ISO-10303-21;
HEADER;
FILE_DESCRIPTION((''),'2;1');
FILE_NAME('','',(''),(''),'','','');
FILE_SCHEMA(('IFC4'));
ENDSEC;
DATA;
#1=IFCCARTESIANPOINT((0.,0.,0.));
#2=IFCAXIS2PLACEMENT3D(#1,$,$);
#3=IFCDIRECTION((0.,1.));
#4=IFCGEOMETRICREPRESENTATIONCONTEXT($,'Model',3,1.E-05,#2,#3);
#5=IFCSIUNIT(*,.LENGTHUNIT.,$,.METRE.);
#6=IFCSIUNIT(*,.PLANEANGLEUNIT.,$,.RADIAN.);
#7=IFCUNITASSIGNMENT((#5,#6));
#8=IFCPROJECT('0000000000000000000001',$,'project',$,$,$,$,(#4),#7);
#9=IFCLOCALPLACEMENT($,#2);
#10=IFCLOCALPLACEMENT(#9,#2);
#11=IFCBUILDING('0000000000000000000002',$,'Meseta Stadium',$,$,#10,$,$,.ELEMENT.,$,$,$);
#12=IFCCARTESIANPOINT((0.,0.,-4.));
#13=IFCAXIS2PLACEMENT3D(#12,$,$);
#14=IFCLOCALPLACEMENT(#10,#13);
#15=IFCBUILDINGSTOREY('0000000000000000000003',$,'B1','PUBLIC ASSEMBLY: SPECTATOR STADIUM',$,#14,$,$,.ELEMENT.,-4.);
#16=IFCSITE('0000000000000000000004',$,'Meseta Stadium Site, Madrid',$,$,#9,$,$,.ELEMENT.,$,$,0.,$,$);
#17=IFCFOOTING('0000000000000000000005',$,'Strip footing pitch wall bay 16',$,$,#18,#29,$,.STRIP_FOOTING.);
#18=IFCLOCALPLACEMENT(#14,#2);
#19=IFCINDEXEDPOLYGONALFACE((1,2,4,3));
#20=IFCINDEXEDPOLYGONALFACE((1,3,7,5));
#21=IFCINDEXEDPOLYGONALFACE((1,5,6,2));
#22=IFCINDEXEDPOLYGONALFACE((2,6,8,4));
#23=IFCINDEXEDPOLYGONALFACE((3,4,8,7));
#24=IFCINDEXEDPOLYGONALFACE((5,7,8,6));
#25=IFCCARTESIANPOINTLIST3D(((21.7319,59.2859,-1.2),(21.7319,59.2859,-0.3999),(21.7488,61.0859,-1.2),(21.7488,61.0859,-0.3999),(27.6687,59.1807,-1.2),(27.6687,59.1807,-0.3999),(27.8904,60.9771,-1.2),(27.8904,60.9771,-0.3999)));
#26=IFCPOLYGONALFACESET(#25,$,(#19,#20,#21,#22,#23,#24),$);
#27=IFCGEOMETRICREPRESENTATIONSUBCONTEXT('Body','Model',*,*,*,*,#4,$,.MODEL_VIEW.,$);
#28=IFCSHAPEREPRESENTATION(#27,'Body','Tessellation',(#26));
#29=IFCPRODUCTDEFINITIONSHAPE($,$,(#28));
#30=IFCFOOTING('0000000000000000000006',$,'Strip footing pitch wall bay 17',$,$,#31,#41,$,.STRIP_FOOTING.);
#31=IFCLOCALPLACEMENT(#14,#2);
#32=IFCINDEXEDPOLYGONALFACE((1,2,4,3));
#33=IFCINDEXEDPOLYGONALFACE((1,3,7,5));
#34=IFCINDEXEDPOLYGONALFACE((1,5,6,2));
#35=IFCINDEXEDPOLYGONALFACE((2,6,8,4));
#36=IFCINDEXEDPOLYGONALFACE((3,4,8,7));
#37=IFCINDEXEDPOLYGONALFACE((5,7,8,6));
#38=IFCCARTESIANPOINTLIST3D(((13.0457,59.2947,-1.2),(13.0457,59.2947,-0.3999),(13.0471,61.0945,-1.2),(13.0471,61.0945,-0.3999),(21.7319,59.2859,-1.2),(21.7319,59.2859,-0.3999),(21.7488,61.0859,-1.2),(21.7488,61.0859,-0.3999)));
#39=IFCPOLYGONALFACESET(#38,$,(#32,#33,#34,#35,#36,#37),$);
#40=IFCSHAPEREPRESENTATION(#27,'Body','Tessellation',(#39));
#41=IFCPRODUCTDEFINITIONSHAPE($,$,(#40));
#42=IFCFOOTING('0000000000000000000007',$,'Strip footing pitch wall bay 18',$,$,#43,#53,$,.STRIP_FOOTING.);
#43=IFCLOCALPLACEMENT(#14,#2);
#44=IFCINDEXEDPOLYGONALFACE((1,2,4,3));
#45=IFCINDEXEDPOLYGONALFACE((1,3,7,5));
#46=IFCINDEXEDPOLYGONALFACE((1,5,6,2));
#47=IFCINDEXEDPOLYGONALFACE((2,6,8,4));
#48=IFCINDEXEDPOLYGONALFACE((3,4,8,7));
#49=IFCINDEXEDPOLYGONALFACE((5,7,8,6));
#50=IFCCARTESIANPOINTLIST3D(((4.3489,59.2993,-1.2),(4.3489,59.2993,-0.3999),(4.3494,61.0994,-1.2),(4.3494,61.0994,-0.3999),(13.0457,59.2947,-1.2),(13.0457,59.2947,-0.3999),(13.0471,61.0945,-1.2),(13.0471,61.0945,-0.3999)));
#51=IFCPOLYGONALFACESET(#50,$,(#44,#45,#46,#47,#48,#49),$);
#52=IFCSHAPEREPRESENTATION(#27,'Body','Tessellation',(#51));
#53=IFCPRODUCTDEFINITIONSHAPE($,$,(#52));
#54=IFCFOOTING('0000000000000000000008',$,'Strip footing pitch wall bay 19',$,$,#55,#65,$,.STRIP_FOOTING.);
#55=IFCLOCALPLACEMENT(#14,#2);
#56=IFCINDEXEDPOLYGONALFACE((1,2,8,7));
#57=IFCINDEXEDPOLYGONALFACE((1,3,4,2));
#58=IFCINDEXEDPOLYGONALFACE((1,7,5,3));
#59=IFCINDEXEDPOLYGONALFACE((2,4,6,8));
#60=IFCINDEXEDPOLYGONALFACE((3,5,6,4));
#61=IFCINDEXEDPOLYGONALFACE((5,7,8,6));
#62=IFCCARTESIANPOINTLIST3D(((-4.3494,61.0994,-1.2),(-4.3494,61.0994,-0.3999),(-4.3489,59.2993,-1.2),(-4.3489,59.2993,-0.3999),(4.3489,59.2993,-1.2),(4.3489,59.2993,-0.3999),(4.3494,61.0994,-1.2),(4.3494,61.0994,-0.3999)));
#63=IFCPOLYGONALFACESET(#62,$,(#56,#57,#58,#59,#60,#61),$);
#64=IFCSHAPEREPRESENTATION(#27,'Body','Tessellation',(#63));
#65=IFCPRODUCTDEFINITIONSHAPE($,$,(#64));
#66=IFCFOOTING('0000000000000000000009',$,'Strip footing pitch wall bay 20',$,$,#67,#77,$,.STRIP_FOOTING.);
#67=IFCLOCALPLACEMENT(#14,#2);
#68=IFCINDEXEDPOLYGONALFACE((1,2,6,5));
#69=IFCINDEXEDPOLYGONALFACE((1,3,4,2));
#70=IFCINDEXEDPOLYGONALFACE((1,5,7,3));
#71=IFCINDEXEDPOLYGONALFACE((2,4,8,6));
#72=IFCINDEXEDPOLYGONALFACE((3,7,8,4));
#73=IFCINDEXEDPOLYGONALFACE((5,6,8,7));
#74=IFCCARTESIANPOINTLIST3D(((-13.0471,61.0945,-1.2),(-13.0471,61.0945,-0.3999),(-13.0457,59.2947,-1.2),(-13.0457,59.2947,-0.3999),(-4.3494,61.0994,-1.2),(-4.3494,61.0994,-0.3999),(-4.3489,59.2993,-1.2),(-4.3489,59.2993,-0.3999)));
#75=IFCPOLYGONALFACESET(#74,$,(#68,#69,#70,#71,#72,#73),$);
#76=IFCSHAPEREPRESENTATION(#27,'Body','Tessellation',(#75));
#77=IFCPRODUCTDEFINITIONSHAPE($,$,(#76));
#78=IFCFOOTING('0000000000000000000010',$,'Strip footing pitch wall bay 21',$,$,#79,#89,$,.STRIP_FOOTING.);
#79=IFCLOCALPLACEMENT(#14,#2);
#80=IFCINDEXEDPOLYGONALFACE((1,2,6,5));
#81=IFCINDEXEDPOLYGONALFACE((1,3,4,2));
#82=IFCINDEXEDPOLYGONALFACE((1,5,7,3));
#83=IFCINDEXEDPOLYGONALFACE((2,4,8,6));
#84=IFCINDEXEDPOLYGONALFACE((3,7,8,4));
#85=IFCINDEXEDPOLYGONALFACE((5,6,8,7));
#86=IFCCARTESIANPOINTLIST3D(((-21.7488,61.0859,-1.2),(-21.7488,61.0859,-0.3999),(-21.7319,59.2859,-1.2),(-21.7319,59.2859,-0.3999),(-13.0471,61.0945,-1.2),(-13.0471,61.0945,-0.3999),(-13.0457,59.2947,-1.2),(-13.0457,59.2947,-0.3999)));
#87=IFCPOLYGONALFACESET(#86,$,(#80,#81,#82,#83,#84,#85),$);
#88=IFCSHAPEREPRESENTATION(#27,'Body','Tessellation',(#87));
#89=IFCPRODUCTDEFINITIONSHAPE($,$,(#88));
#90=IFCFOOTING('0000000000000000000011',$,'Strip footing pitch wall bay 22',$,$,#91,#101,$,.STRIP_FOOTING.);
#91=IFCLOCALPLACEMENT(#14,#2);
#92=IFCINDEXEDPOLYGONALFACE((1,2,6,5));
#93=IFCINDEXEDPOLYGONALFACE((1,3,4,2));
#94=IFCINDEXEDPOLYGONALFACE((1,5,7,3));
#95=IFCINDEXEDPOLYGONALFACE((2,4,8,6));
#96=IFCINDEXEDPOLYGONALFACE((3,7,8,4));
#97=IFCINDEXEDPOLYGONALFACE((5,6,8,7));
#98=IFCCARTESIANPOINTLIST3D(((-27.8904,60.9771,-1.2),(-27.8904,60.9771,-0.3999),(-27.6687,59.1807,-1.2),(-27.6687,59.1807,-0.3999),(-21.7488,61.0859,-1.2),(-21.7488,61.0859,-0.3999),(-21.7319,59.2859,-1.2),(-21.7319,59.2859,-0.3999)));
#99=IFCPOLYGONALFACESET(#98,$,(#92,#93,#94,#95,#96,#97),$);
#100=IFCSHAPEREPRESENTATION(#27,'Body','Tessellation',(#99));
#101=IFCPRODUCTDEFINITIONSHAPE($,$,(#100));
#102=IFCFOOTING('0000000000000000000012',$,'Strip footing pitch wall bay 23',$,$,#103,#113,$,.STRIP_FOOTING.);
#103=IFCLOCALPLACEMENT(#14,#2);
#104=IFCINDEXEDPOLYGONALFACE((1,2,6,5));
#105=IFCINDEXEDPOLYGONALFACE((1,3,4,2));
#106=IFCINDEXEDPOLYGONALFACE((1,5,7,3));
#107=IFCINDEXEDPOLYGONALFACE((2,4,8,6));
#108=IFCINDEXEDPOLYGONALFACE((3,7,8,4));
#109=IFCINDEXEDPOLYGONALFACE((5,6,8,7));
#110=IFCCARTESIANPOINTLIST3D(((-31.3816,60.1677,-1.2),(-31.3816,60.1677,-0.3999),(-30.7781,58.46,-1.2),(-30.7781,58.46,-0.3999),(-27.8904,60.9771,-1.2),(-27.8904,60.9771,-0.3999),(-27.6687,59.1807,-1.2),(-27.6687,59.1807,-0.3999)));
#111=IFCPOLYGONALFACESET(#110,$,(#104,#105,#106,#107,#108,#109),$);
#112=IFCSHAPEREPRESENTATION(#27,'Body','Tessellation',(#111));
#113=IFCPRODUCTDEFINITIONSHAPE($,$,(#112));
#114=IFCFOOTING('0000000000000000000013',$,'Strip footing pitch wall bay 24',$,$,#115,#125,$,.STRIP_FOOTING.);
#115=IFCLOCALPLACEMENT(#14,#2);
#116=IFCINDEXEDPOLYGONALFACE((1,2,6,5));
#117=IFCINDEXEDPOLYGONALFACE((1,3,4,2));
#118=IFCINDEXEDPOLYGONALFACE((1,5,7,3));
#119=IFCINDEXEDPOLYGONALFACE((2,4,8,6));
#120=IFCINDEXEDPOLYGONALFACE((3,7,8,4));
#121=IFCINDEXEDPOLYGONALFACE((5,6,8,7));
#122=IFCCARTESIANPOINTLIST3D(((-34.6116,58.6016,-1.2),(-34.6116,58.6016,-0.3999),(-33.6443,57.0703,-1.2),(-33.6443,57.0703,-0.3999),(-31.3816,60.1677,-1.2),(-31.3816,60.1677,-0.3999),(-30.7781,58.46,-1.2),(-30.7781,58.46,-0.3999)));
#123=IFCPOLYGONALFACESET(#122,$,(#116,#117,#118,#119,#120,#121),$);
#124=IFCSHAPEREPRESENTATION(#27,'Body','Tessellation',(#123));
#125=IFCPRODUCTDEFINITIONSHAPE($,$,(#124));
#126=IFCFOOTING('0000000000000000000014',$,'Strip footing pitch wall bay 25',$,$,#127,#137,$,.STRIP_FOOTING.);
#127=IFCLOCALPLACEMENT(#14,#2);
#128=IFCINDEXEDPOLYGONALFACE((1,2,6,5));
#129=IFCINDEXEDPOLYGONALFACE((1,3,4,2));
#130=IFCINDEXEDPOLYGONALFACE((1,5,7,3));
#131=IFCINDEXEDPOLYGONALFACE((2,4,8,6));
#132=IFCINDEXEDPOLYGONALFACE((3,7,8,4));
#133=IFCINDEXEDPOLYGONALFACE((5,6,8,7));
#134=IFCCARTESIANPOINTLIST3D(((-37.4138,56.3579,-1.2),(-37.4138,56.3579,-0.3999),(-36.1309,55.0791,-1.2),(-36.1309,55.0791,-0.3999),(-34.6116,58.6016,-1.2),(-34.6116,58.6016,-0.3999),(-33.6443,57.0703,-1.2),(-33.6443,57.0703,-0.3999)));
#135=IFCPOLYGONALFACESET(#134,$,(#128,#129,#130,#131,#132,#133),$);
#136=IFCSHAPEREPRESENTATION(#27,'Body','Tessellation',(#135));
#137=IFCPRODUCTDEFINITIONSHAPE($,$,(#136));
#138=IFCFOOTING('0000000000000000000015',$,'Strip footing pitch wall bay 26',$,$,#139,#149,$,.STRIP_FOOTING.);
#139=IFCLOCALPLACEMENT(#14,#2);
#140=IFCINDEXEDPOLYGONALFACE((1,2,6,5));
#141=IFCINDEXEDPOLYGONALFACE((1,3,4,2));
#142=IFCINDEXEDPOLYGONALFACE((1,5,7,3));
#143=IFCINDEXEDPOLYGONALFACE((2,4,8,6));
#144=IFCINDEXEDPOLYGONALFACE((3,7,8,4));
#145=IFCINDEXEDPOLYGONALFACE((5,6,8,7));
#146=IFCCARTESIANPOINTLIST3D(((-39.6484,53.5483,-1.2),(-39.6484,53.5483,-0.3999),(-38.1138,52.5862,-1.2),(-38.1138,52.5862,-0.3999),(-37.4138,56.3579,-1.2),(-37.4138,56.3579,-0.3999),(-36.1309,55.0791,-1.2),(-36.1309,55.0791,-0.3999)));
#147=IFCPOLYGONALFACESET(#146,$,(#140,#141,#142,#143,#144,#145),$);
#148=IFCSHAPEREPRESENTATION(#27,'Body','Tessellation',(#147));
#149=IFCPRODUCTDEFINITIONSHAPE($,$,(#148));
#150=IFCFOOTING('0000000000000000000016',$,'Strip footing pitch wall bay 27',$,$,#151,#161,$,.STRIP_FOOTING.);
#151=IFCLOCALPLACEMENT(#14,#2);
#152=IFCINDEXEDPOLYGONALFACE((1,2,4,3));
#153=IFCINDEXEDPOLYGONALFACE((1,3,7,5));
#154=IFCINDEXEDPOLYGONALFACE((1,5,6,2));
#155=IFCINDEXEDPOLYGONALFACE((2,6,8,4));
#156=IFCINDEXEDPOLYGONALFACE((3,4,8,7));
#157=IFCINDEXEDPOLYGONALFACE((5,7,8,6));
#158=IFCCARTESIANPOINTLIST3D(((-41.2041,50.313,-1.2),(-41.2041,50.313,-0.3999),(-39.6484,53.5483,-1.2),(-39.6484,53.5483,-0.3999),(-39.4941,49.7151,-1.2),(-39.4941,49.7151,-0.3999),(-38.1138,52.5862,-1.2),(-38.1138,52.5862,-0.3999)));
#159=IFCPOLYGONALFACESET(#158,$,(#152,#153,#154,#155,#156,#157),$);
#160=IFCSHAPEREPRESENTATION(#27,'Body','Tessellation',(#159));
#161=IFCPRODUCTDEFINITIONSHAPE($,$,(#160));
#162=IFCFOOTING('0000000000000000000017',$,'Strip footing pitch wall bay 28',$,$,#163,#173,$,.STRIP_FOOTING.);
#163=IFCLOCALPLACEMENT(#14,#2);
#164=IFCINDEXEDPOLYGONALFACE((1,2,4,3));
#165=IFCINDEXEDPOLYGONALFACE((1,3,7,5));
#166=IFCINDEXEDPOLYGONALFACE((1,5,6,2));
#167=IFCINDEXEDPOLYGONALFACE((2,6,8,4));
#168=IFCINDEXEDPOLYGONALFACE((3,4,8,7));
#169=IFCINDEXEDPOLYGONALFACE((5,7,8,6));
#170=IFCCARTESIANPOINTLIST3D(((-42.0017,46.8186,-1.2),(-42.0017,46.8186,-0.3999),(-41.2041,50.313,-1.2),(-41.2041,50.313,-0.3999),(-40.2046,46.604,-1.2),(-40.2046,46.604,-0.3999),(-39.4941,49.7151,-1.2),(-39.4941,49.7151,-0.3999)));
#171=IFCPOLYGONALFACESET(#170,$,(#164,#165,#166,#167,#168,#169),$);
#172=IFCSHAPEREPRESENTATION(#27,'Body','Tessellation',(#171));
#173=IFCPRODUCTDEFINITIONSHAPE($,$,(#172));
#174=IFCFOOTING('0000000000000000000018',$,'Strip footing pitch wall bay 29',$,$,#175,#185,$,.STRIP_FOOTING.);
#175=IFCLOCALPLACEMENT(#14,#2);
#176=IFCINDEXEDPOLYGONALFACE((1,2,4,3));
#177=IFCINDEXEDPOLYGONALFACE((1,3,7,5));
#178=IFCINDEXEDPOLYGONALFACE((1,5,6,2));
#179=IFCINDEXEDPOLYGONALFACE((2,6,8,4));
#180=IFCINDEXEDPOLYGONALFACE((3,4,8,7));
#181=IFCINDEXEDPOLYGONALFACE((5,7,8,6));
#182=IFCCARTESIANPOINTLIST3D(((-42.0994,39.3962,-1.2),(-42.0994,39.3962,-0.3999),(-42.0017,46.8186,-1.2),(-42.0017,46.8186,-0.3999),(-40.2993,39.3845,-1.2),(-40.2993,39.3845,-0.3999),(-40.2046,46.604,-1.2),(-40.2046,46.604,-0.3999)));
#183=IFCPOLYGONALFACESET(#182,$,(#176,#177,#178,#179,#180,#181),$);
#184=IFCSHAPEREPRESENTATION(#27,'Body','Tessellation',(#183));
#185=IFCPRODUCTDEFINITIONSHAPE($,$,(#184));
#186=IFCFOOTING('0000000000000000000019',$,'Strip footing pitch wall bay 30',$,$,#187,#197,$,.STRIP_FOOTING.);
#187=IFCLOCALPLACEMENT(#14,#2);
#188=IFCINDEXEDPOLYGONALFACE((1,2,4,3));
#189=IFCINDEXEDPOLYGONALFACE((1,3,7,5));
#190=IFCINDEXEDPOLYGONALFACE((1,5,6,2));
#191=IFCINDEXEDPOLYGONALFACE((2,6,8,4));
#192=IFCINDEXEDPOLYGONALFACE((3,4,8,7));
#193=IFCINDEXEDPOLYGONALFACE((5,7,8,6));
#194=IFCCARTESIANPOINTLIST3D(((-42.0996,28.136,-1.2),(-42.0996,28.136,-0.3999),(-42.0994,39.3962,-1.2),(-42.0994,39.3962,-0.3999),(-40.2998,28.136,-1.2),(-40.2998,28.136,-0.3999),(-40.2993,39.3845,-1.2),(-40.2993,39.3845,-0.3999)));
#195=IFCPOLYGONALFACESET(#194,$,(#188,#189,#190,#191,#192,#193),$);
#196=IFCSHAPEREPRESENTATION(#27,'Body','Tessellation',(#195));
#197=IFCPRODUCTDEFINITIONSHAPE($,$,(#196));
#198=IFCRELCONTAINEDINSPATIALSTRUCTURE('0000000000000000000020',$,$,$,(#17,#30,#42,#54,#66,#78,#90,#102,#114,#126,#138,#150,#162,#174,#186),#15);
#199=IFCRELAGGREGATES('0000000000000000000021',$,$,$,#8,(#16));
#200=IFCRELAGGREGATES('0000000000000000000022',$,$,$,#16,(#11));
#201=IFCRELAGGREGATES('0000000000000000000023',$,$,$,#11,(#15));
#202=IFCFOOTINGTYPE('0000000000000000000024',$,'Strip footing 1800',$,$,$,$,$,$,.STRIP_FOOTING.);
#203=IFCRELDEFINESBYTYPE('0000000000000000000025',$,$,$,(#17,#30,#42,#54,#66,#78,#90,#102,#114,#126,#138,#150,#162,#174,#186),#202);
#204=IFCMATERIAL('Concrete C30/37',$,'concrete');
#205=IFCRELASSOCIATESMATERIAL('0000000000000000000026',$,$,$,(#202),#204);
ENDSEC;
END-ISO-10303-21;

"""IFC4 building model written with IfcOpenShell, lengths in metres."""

from ifc_helpers import new_model, si_unit, direction, frame, origin, place, context, subcontext, project, spatial, polyline, outline, extrude, material, type_object, element, save


model = new_model("IFC4")

# Units and contexts
model_context = context("Model", 3, precision=1e-05, world=origin(), true_north=direction((0.0, 1.0)))
body_context = subcontext(model_context, "Body", "Model", "MODEL_VIEW")
ifc_project = project(units=[si_unit("LENGTHUNIT", "METRE"), si_unit("PLANEANGLEUNIT", "RADIAN")], contexts=[model_context])

# Site, building, storey
site_placement = place(None, origin())
site = spatial("IfcSite", under=ifc_project, at=site_placement, Name="Meseta Stadium Site, Madrid", CompositionType="ELEMENT", RefElevation=0.0)
building_placement = place(site_placement, origin())
building = spatial("IfcBuilding", under=site, at=building_placement, Name="Meseta Stadium", CompositionType="ELEMENT")
storey_placement = place(building_placement, frame((0.0, 0.0, -4.0)))
storey = spatial("IfcBuildingStorey", under=building, at=storey_placement, Name="B1", Description="PUBLIC ASSEMBLY: SPECTATOR STADIUM", CompositionType="ELEMENT", Elevation=-4.0)

# Footings
ifc_material = material(Name="Concrete C30/37", Category="concrete")
footing_type = type_object("IfcFootingType", Name="Strip footing 1800", PredefinedType="STRIP_FOOTING", material=ifc_material)
footing_1_placement = place(storey_placement, frame((0.0, 0.0, -1.2)))
element("IfcFooting", 1, at=footing_1_placement, inside=storey, type_object=footing_type, Name="Strip footing pitch wall bay 16", PredefinedType="STRIP_FOOTING", context=body_context, shape_type="SweptSolid", body=[
    extrude(outline(polyline([(27.8904, 60.9771), (21.7488, 61.0859), (21.7319, 59.2859), (27.6687, 59.1807), (27.8904, 60.9771)])), origin(), (0.0, 0.0, 1.0), 0.8),
])
footing_2_placement = place(storey_placement, frame((0.0, 0.0, -1.2)))
element("IfcFooting", 2, at=footing_2_placement, inside=storey, type_object=footing_type, Name="Strip footing pitch wall bay 17", PredefinedType="STRIP_FOOTING", context=body_context, shape_type="SweptSolid", body=[
    extrude(outline(polyline([(21.7488, 61.0859), (13.0471, 61.0945), (13.0457, 59.2947), (21.7319, 59.2859), (21.7488, 61.0859)])), origin(), (0.0, 0.0, 1.0), 0.8),
])
footing_3_placement = place(storey_placement, frame((0.0, 0.0, -1.2)))
element("IfcFooting", 3, at=footing_3_placement, inside=storey, type_object=footing_type, Name="Strip footing pitch wall bay 18", PredefinedType="STRIP_FOOTING", context=body_context, shape_type="SweptSolid", body=[
    extrude(outline(polyline([(13.0471, 61.0945), (4.3494, 61.0994), (4.3489, 59.2993), (13.0457, 59.2947), (13.0471, 61.0945)])), origin(), (0.0, 0.0, 1.0), 0.8),
])
footing_4_placement = place(storey_placement, frame((0.0, 0.0, -1.2)))
element("IfcFooting", 4, at=footing_4_placement, inside=storey, type_object=footing_type, Name="Strip footing pitch wall bay 19", PredefinedType="STRIP_FOOTING", context=body_context, shape_type="SweptSolid", body=[
    extrude(outline(polyline([(4.3494, 61.0994), (-4.3494, 61.0994), (-4.3489, 59.2993), (4.3489, 59.2993), (4.3494, 61.0994)])), origin(), (0.0, 0.0, 1.0), 0.8),
])
footing_5_placement = place(storey_placement, frame((0.0, 0.0, -1.2)))
element("IfcFooting", 5, at=footing_5_placement, inside=storey, type_object=footing_type, Name="Strip footing pitch wall bay 20", PredefinedType="STRIP_FOOTING", context=body_context, shape_type="SweptSolid", body=[
    extrude(outline(polyline([(-4.3494, 61.0994), (-13.0471, 61.0945), (-13.0457, 59.2947), (-4.3489, 59.2993), (-4.3494, 61.0994)])), origin(), (0.0, 0.0, 1.0), 0.8),
])
footing_6_placement = place(storey_placement, frame((0.0, 0.0, -1.2)))
element("IfcFooting", 6, at=footing_6_placement, inside=storey, type_object=footing_type, Name="Strip footing pitch wall bay 21", PredefinedType="STRIP_FOOTING", context=body_context, shape_type="SweptSolid", body=[
    extrude(outline(polyline([(-13.0471, 61.0945), (-21.7488, 61.0859), (-21.7319, 59.2859), (-13.0457, 59.2947), (-13.0471, 61.0945)])), origin(), (0.0, 0.0, 1.0), 0.8),
])
footing_7_placement = place(storey_placement, frame((0.0, 0.0, -1.2)))
element("IfcFooting", 7, at=footing_7_placement, inside=storey, type_object=footing_type, Name="Strip footing pitch wall bay 22", PredefinedType="STRIP_FOOTING", context=body_context, shape_type="SweptSolid", body=[
    extrude(outline(polyline([(-21.7488, 61.0859), (-27.8904, 60.9771), (-27.6687, 59.1807), (-21.7319, 59.2859), (-21.7488, 61.0859)])), origin(), (0.0, 0.0, 1.0), 0.8),
])
footing_8_placement = place(storey_placement, frame((0.0, 0.0, -1.2)))
element("IfcFooting", 8, at=footing_8_placement, inside=storey, type_object=footing_type, Name="Strip footing pitch wall bay 23", PredefinedType="STRIP_FOOTING", context=body_context, shape_type="SweptSolid", body=[
    extrude(outline(polyline([(-27.8904, 60.9771), (-31.3816, 60.1677), (-30.7781, 58.46), (-27.6687, 59.1807), (-27.8904, 60.9771)])), origin(), (0.0, 0.0, 1.0), 0.8),
])
footing_9_placement = place(storey_placement, frame((0.0, 0.0, -1.2)))
element("IfcFooting", 9, at=footing_9_placement, inside=storey, type_object=footing_type, Name="Strip footing pitch wall bay 24", PredefinedType="STRIP_FOOTING", context=body_context, shape_type="SweptSolid", body=[
    extrude(outline(polyline([(-31.3816, 60.1677), (-34.6116, 58.6016), (-33.6443, 57.0703), (-30.7781, 58.46), (-31.3816, 60.1677)])), origin(), (0.0, 0.0, 1.0), 0.8),
])
footing_10_placement = place(storey_placement, frame((0.0, 0.0, -1.2)))
element("IfcFooting", 10, at=footing_10_placement, inside=storey, type_object=footing_type, Name="Strip footing pitch wall bay 25", PredefinedType="STRIP_FOOTING", context=body_context, shape_type="SweptSolid", body=[
    extrude(outline(polyline([(-34.6116, 58.6016), (-37.4138, 56.3579), (-36.1309, 55.0791), (-33.6443, 57.0703), (-34.6116, 58.6016)])), origin(), (0.0, 0.0, 1.0), 0.8),
])
footing_11_placement = place(storey_placement, frame((0.0, 0.0, -1.2)))
element("IfcFooting", 11, at=footing_11_placement, inside=storey, type_object=footing_type, Name="Strip footing pitch wall bay 26", PredefinedType="STRIP_FOOTING", context=body_context, shape_type="SweptSolid", body=[
    extrude(outline(polyline([(-37.4138, 56.3579), (-39.6484, 53.5483), (-38.1138, 52.5862), (-36.1309, 55.0791), (-37.4138, 56.3579)])), origin(), (0.0, 0.0, 1.0), 0.8),
])
footing_12_placement = place(storey_placement, frame((0.0, 0.0, -1.2)))
element("IfcFooting", 12, at=footing_12_placement, inside=storey, type_object=footing_type, Name="Strip footing pitch wall bay 27", PredefinedType="STRIP_FOOTING", context=body_context, shape_type="SweptSolid", body=[
    extrude(outline(polyline([(-39.6484, 53.5483), (-41.2041, 50.313), (-39.4941, 49.7151), (-38.1138, 52.5862), (-39.6484, 53.5483)])), origin(), (0.0, 0.0, 1.0), 0.8),
])
footing_13_placement = place(storey_placement, frame((0.0, 0.0, -1.2)))
element("IfcFooting", 13, at=footing_13_placement, inside=storey, type_object=footing_type, Name="Strip footing pitch wall bay 28", PredefinedType="STRIP_FOOTING", context=body_context, shape_type="SweptSolid", body=[
    extrude(outline(polyline([(-41.2041, 50.313), (-42.0017, 46.8186), (-40.2046, 46.604), (-39.4941, 49.7151), (-41.2041, 50.313)])), origin(), (0.0, 0.0, 1.0), 0.8),
])
footing_14_placement = place(storey_placement, frame((0.0, 0.0, -1.2)))
element("IfcFooting", 14, at=footing_14_placement, inside=storey, type_object=footing_type, Name="Strip footing pitch wall bay 29", PredefinedType="STRIP_FOOTING", context=body_context, shape_type="SweptSolid", body=[
    extrude(outline(polyline([(-42.0017, 46.8186), (-42.0994, 39.3962), (-40.2993, 39.3845), (-40.2046, 46.604), (-42.0017, 46.8186)])), origin(), (0.0, 0.0, 1.0), 0.8),
])
footing_15_placement = place(storey_placement, frame((0.0, 0.0, -1.2)))
element("IfcFooting", 15, at=footing_15_placement, inside=storey, type_object=footing_type, Name="Strip footing pitch wall bay 30", PredefinedType="STRIP_FOOTING", context=body_context, shape_type="SweptSolid", body=[
    extrude(outline(polyline([(-42.0994, 39.3962), (-42.0996, 28.136), (-40.2998, 28.136), (-40.2993, 39.3845), (-42.0994, 39.3962)])), origin(), (0.0, 0.0, 1.0), 0.8),
])

save(model, "model.ifc")
